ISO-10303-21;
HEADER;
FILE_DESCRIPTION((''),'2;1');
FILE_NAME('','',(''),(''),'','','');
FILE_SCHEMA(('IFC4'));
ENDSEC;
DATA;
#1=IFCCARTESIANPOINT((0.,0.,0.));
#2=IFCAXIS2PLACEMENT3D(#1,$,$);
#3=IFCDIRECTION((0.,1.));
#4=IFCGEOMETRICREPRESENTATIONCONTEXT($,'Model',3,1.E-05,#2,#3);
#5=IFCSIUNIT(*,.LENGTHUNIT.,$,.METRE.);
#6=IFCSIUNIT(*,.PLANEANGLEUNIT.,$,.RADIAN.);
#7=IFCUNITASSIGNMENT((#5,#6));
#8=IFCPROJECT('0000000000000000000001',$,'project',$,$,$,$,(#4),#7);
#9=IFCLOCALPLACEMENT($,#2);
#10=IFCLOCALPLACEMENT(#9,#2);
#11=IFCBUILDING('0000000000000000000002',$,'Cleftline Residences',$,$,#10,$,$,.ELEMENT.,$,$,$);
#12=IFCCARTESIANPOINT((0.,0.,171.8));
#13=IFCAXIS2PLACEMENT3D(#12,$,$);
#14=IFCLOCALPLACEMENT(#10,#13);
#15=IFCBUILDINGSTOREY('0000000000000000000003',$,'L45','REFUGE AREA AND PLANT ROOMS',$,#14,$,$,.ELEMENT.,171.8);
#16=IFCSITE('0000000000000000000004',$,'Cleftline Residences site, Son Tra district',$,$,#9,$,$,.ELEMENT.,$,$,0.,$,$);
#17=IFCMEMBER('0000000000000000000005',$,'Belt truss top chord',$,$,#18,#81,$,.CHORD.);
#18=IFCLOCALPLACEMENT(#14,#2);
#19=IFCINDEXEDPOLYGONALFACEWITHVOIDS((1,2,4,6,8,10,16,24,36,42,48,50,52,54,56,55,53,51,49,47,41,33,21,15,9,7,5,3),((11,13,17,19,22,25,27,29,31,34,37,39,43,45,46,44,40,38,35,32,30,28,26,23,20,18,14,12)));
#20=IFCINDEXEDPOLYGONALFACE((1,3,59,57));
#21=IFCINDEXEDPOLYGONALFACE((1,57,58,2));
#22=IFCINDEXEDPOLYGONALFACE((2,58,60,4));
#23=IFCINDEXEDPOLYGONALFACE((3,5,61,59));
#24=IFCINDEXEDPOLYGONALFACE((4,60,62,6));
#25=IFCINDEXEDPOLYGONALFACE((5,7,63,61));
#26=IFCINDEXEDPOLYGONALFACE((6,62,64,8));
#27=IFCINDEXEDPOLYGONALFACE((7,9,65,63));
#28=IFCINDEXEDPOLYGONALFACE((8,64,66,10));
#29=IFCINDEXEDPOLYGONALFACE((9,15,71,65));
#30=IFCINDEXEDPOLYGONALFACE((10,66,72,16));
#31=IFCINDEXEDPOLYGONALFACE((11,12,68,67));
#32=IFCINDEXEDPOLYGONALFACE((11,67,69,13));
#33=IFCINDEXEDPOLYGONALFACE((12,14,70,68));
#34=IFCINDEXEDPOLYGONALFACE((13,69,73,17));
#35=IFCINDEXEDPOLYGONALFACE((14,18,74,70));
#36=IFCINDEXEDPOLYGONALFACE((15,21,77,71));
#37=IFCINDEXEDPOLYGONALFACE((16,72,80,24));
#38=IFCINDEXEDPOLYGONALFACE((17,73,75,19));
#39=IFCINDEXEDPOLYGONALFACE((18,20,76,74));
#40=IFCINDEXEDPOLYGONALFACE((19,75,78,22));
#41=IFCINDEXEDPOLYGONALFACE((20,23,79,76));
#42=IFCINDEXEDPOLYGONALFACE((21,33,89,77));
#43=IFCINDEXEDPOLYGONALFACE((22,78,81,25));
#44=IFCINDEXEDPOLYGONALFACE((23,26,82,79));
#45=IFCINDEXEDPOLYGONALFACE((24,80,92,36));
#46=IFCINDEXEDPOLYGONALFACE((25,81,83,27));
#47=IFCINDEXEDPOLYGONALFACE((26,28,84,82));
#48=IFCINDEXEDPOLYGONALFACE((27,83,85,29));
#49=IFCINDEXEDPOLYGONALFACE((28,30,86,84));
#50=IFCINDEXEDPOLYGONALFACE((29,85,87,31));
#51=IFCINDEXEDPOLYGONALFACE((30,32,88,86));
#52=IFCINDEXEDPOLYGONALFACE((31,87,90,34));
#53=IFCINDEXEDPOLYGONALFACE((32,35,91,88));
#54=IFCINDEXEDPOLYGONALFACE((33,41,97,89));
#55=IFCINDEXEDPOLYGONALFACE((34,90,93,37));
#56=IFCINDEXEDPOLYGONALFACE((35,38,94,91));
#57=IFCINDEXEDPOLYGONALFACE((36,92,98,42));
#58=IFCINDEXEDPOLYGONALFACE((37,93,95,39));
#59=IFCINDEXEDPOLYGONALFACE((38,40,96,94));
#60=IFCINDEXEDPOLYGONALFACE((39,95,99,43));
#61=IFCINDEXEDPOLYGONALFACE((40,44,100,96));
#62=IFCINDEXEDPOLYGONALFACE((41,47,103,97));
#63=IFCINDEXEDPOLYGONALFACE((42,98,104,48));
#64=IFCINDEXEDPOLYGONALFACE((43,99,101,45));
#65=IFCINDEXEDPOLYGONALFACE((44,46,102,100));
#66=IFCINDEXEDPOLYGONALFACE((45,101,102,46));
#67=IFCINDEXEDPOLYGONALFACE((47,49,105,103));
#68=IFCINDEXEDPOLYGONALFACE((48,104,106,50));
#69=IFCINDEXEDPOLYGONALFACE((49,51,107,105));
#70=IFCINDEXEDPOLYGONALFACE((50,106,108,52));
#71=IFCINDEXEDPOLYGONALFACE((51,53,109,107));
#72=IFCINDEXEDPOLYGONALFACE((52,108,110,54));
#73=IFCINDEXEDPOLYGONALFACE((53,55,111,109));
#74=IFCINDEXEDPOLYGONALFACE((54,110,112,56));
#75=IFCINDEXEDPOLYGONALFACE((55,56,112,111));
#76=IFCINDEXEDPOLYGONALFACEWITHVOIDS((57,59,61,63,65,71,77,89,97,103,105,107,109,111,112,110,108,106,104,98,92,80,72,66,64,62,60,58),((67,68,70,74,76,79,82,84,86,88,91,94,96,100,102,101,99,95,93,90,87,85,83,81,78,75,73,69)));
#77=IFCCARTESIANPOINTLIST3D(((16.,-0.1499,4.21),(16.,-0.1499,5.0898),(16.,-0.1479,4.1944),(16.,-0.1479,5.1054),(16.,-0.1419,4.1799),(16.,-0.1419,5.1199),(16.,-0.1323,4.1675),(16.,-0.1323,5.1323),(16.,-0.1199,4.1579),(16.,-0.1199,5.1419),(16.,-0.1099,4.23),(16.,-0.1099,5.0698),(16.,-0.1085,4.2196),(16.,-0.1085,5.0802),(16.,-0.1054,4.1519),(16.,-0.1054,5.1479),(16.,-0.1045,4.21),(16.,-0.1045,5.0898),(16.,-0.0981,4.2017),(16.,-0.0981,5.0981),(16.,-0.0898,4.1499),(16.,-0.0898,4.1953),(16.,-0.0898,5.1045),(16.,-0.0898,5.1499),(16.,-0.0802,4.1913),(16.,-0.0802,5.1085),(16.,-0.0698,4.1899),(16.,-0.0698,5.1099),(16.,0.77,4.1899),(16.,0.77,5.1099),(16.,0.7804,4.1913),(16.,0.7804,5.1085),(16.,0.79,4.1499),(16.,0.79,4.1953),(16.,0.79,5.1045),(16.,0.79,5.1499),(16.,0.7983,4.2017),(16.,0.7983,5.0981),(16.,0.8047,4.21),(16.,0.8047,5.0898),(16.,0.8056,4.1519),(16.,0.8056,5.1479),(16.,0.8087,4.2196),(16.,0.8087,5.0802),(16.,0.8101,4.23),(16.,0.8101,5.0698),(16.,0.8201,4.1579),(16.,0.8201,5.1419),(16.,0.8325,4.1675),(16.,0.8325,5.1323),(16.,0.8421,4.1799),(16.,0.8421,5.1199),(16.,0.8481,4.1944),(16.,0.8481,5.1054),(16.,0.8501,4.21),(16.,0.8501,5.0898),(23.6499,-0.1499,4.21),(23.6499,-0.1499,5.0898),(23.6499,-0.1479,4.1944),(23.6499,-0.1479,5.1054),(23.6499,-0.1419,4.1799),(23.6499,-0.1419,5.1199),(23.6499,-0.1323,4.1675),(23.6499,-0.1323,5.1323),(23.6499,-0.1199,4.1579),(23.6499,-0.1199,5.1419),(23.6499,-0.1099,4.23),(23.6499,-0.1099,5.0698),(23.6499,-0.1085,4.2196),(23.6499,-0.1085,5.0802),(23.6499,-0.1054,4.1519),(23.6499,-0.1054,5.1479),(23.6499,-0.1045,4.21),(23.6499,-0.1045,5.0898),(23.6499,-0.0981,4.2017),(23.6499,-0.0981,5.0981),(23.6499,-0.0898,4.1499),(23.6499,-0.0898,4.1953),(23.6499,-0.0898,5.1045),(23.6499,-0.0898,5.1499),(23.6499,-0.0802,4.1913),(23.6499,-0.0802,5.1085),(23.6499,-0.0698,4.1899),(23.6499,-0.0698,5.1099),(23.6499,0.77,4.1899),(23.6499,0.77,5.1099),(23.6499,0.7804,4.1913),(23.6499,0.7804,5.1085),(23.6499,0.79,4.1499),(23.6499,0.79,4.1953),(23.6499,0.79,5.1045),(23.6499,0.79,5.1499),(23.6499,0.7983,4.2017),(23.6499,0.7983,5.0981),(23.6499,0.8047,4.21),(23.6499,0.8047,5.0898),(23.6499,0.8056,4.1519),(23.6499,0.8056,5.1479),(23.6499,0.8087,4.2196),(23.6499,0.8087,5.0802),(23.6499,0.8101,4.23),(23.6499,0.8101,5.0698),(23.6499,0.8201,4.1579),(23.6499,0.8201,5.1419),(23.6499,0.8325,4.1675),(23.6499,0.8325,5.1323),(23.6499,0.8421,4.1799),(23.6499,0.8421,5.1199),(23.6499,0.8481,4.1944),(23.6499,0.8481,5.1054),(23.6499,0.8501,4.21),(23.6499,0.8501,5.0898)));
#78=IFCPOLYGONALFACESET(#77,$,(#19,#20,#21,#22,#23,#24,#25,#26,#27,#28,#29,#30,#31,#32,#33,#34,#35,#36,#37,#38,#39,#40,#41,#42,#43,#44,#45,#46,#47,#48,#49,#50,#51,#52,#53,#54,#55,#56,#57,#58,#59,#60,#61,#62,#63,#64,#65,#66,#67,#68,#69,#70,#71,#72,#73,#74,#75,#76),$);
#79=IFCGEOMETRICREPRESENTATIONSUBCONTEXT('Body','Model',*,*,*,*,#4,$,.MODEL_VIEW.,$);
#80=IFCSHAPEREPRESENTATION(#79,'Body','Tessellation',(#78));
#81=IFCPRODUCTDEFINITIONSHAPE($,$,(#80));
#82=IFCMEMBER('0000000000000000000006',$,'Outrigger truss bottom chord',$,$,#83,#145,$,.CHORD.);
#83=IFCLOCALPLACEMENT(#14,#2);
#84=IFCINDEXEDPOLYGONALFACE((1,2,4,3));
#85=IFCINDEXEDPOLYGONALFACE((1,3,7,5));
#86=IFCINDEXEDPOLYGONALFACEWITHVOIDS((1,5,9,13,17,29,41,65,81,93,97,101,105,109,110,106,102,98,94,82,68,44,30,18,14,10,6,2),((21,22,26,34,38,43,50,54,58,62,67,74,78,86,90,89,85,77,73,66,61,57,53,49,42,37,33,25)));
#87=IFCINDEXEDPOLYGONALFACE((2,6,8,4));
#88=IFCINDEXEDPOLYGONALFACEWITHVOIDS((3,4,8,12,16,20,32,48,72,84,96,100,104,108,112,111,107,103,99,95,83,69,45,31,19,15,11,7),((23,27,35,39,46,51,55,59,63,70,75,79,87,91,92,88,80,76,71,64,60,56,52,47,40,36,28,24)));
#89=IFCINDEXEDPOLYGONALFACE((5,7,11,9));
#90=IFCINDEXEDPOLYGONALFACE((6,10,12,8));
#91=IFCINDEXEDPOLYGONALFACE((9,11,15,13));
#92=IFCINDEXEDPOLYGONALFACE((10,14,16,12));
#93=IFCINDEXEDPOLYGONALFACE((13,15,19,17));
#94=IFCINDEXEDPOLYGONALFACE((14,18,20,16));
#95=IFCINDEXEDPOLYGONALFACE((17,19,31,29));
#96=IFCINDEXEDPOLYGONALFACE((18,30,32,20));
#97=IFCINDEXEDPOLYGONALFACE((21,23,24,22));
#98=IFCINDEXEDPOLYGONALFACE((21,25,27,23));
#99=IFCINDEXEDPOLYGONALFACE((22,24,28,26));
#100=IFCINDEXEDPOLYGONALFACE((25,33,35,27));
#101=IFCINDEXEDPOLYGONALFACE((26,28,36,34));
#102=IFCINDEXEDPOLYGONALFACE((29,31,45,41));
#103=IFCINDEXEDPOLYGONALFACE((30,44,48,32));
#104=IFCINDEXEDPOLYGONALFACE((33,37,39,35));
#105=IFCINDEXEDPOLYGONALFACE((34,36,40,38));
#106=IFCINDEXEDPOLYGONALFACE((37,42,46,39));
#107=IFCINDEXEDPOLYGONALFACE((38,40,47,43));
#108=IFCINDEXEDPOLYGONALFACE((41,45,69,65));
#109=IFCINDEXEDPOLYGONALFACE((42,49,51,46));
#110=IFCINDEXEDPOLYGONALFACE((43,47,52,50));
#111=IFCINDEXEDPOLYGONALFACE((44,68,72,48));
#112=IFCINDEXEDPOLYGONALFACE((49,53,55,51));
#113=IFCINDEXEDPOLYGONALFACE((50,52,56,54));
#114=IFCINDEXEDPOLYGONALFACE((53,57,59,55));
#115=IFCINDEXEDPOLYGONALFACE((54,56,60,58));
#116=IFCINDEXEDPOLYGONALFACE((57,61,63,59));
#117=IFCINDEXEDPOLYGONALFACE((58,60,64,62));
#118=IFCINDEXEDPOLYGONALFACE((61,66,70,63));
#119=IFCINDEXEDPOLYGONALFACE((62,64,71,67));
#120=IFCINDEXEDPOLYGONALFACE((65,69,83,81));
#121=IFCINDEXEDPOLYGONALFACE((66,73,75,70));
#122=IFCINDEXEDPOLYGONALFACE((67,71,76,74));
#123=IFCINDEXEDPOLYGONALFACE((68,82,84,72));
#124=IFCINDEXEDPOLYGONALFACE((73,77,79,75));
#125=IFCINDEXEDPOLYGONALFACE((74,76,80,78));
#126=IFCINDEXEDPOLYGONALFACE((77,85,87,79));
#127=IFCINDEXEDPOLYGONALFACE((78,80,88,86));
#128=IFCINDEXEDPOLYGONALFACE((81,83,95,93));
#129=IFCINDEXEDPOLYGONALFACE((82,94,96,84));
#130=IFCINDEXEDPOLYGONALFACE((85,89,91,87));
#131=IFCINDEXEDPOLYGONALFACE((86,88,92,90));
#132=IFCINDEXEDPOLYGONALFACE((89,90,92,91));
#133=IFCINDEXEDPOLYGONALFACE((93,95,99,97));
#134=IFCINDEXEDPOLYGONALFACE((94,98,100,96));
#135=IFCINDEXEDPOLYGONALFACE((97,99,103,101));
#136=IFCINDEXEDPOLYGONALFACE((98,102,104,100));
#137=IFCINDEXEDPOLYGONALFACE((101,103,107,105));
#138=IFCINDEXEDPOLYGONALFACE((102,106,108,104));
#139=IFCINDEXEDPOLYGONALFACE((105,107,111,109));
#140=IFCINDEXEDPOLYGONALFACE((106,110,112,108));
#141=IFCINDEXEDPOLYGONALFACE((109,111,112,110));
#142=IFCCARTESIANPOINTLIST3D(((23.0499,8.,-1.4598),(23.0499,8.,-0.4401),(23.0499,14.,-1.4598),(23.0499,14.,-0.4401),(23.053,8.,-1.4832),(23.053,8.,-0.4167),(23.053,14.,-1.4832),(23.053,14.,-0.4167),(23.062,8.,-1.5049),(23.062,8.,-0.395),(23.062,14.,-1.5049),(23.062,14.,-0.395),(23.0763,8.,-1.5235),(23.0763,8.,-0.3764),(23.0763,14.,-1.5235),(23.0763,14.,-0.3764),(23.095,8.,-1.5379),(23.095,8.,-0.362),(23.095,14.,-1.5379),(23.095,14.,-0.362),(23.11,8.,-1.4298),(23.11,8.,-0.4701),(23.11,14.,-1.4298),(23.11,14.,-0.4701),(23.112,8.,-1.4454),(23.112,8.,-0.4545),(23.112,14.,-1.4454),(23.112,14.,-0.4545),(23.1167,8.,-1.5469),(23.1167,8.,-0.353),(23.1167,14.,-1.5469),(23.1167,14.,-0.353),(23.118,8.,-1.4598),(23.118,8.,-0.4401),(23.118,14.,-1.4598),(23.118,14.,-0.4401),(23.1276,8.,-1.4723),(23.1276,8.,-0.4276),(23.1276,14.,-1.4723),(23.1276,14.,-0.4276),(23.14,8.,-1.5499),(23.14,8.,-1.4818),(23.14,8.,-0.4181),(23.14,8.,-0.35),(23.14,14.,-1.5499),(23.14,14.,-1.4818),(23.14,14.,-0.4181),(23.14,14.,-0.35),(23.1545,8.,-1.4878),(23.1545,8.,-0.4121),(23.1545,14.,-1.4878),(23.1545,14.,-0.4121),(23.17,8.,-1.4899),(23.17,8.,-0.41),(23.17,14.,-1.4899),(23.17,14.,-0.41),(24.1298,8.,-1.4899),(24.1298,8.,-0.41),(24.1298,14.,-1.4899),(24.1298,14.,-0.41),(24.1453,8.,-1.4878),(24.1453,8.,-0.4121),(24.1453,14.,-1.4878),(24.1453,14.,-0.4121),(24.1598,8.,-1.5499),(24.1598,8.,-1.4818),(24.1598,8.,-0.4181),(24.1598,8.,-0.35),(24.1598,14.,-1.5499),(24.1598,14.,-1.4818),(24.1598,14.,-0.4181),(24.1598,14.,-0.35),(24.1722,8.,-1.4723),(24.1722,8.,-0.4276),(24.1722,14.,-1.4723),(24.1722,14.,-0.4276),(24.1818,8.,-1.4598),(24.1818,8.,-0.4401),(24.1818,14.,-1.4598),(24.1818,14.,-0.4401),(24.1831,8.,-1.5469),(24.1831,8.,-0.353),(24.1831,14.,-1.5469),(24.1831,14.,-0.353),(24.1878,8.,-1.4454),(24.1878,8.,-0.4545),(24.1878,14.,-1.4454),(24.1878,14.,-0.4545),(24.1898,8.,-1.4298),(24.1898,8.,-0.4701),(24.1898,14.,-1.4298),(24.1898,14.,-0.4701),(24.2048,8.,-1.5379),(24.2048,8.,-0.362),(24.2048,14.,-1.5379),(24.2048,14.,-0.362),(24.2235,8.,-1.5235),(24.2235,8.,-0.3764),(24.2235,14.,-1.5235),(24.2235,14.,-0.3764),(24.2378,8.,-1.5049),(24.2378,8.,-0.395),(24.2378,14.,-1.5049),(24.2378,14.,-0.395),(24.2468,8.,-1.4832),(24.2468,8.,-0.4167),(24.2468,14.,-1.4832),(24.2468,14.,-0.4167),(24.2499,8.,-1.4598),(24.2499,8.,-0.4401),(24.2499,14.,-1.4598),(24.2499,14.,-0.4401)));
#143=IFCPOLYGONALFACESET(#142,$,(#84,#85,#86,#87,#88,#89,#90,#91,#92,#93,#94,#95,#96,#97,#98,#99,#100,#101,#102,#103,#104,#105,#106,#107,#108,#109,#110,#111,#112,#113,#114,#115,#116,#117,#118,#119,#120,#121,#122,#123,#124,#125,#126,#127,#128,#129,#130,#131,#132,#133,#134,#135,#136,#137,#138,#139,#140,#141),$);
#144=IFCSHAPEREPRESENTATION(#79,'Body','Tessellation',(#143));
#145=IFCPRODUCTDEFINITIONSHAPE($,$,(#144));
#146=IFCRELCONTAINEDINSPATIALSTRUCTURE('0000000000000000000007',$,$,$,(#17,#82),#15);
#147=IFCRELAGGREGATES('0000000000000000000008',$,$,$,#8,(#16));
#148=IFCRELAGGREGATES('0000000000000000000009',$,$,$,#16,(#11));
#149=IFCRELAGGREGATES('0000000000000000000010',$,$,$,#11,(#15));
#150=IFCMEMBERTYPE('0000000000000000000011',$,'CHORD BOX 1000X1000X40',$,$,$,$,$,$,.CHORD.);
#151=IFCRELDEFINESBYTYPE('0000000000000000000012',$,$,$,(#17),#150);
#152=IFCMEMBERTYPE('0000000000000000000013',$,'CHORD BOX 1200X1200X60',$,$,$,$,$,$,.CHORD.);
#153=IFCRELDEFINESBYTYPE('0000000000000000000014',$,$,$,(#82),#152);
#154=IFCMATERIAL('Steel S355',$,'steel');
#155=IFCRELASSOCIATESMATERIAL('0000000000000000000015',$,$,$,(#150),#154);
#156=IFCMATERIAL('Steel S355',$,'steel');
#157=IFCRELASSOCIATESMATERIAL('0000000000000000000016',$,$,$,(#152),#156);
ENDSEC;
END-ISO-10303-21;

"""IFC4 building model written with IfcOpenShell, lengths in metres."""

from ifc_helpers import new_model, si_unit, direction, frame, origin, origin_2d, place, context, subcontext, project, spatial, hollow_rectangle, extrude, material, material_profile, profile_set, type_object, element, save


model = new_model("IFC4")

# Units and contexts
model_context = context("Model", 3, precision=1e-05, world=origin(), true_north=direction((0.0, 1.0)))
body_context = subcontext(model_context, "Body", "Model", "MODEL_VIEW")
ifc_project = project(units=[si_unit("LENGTHUNIT", "METRE"), si_unit("PLANEANGLEUNIT", "RADIAN")], contexts=[model_context])

# Site, building, storey
site_placement = place(None, origin())
site = spatial("IfcSite", under=ifc_project, at=site_placement, Name="Cleftline Residences site, Son Tra district", CompositionType="ELEMENT", RefElevation=0.0)
building_placement = place(site_placement, origin())
building = spatial("IfcBuilding", under=site, at=building_placement, Name="Cleftline Residences", CompositionType="ELEMENT")
storey_placement = place(building_placement, frame((0.0, 0.0, 171.8)))
storey = spatial("IfcBuildingStorey", under=building, at=storey_placement, Name="L45", Description="REFUGE AREA AND PLANT ROOMS", CompositionType="ELEMENT", Elevation=171.8)

# Members
ifc_material_1 = material(Name="Steel S355", Category="steel")
ifc_material_profile_1 = material_profile(ifc_material_1, hollow_rectangle(XDim=1.0, YDim=1.0, WallThickness=0.04, InnerFilletRadius=0.04, OuterFilletRadius=0.0601, at=origin_2d()))
ifc_profile_set_1 = profile_set([ifc_material_profile_1], Name="Steel S355")
member_type_1 = type_object("IfcMemberType", Name="CHORD BOX 1000X1000X40", PredefinedType="CHORD", material=ifc_profile_set_1)
for number, where, z_axis, x_axis, name in (
    (1, (16.0, 0.3501, 4.6499), (1.0, 0.0, 0.0), (0.0, 1.0, 0.0), "Belt truss top chord"),
):
    element("IfcMember", number, at=place(storey_placement, frame(where, z_axis=z_axis, x_axis=x_axis)), inside=storey, type_object=member_type_1, Name=name, PredefinedType="CHORD", context=body_context, shape_type="SweptSolid", body=[
        extrude(hollow_rectangle(XDim=1.0, YDim=1.0, WallThickness=0.04, InnerFilletRadius=0.04, OuterFilletRadius=0.0601, at=origin_2d()), origin(), (0.0, 0.0, 1.0), 7.6499),
    ])
ifc_material_2 = material(Name="Steel S355", Category="steel")
ifc_material_profile_2 = material_profile(ifc_material_2, hollow_rectangle(XDim=1.2, YDim=1.2, WallThickness=0.0601, InnerFilletRadius=0.0601, OuterFilletRadius=0.0901, at=origin_2d()))
ifc_profile_set_2 = profile_set([ifc_material_profile_2], Name="Steel S355")
member_type_2 = type_object("IfcMemberType", Name="CHORD BOX 1200X1200X60", PredefinedType="CHORD", material=ifc_profile_set_2)
for number, where, z_axis, x_axis, name in (
    (2, (23.6499, 8.0, -0.95), (0.0, 1.0, 0.0), (-1.0, 0.0, 0.0), "Outrigger truss bottom chord"),
):
    element("IfcMember", number, at=place(storey_placement, frame(where, z_axis=z_axis, x_axis=x_axis)), inside=storey, type_object=member_type_2, Name=name, PredefinedType="CHORD", context=body_context, shape_type="SweptSolid", body=[
        extrude(hollow_rectangle(XDim=1.2, YDim=1.2, WallThickness=0.0601, InnerFilletRadius=0.0601, OuterFilletRadius=0.0901, at=origin_2d()), origin(), (0.0, 0.0, 1.0), 6.0),
    ])

save(model, "model.ifc")
